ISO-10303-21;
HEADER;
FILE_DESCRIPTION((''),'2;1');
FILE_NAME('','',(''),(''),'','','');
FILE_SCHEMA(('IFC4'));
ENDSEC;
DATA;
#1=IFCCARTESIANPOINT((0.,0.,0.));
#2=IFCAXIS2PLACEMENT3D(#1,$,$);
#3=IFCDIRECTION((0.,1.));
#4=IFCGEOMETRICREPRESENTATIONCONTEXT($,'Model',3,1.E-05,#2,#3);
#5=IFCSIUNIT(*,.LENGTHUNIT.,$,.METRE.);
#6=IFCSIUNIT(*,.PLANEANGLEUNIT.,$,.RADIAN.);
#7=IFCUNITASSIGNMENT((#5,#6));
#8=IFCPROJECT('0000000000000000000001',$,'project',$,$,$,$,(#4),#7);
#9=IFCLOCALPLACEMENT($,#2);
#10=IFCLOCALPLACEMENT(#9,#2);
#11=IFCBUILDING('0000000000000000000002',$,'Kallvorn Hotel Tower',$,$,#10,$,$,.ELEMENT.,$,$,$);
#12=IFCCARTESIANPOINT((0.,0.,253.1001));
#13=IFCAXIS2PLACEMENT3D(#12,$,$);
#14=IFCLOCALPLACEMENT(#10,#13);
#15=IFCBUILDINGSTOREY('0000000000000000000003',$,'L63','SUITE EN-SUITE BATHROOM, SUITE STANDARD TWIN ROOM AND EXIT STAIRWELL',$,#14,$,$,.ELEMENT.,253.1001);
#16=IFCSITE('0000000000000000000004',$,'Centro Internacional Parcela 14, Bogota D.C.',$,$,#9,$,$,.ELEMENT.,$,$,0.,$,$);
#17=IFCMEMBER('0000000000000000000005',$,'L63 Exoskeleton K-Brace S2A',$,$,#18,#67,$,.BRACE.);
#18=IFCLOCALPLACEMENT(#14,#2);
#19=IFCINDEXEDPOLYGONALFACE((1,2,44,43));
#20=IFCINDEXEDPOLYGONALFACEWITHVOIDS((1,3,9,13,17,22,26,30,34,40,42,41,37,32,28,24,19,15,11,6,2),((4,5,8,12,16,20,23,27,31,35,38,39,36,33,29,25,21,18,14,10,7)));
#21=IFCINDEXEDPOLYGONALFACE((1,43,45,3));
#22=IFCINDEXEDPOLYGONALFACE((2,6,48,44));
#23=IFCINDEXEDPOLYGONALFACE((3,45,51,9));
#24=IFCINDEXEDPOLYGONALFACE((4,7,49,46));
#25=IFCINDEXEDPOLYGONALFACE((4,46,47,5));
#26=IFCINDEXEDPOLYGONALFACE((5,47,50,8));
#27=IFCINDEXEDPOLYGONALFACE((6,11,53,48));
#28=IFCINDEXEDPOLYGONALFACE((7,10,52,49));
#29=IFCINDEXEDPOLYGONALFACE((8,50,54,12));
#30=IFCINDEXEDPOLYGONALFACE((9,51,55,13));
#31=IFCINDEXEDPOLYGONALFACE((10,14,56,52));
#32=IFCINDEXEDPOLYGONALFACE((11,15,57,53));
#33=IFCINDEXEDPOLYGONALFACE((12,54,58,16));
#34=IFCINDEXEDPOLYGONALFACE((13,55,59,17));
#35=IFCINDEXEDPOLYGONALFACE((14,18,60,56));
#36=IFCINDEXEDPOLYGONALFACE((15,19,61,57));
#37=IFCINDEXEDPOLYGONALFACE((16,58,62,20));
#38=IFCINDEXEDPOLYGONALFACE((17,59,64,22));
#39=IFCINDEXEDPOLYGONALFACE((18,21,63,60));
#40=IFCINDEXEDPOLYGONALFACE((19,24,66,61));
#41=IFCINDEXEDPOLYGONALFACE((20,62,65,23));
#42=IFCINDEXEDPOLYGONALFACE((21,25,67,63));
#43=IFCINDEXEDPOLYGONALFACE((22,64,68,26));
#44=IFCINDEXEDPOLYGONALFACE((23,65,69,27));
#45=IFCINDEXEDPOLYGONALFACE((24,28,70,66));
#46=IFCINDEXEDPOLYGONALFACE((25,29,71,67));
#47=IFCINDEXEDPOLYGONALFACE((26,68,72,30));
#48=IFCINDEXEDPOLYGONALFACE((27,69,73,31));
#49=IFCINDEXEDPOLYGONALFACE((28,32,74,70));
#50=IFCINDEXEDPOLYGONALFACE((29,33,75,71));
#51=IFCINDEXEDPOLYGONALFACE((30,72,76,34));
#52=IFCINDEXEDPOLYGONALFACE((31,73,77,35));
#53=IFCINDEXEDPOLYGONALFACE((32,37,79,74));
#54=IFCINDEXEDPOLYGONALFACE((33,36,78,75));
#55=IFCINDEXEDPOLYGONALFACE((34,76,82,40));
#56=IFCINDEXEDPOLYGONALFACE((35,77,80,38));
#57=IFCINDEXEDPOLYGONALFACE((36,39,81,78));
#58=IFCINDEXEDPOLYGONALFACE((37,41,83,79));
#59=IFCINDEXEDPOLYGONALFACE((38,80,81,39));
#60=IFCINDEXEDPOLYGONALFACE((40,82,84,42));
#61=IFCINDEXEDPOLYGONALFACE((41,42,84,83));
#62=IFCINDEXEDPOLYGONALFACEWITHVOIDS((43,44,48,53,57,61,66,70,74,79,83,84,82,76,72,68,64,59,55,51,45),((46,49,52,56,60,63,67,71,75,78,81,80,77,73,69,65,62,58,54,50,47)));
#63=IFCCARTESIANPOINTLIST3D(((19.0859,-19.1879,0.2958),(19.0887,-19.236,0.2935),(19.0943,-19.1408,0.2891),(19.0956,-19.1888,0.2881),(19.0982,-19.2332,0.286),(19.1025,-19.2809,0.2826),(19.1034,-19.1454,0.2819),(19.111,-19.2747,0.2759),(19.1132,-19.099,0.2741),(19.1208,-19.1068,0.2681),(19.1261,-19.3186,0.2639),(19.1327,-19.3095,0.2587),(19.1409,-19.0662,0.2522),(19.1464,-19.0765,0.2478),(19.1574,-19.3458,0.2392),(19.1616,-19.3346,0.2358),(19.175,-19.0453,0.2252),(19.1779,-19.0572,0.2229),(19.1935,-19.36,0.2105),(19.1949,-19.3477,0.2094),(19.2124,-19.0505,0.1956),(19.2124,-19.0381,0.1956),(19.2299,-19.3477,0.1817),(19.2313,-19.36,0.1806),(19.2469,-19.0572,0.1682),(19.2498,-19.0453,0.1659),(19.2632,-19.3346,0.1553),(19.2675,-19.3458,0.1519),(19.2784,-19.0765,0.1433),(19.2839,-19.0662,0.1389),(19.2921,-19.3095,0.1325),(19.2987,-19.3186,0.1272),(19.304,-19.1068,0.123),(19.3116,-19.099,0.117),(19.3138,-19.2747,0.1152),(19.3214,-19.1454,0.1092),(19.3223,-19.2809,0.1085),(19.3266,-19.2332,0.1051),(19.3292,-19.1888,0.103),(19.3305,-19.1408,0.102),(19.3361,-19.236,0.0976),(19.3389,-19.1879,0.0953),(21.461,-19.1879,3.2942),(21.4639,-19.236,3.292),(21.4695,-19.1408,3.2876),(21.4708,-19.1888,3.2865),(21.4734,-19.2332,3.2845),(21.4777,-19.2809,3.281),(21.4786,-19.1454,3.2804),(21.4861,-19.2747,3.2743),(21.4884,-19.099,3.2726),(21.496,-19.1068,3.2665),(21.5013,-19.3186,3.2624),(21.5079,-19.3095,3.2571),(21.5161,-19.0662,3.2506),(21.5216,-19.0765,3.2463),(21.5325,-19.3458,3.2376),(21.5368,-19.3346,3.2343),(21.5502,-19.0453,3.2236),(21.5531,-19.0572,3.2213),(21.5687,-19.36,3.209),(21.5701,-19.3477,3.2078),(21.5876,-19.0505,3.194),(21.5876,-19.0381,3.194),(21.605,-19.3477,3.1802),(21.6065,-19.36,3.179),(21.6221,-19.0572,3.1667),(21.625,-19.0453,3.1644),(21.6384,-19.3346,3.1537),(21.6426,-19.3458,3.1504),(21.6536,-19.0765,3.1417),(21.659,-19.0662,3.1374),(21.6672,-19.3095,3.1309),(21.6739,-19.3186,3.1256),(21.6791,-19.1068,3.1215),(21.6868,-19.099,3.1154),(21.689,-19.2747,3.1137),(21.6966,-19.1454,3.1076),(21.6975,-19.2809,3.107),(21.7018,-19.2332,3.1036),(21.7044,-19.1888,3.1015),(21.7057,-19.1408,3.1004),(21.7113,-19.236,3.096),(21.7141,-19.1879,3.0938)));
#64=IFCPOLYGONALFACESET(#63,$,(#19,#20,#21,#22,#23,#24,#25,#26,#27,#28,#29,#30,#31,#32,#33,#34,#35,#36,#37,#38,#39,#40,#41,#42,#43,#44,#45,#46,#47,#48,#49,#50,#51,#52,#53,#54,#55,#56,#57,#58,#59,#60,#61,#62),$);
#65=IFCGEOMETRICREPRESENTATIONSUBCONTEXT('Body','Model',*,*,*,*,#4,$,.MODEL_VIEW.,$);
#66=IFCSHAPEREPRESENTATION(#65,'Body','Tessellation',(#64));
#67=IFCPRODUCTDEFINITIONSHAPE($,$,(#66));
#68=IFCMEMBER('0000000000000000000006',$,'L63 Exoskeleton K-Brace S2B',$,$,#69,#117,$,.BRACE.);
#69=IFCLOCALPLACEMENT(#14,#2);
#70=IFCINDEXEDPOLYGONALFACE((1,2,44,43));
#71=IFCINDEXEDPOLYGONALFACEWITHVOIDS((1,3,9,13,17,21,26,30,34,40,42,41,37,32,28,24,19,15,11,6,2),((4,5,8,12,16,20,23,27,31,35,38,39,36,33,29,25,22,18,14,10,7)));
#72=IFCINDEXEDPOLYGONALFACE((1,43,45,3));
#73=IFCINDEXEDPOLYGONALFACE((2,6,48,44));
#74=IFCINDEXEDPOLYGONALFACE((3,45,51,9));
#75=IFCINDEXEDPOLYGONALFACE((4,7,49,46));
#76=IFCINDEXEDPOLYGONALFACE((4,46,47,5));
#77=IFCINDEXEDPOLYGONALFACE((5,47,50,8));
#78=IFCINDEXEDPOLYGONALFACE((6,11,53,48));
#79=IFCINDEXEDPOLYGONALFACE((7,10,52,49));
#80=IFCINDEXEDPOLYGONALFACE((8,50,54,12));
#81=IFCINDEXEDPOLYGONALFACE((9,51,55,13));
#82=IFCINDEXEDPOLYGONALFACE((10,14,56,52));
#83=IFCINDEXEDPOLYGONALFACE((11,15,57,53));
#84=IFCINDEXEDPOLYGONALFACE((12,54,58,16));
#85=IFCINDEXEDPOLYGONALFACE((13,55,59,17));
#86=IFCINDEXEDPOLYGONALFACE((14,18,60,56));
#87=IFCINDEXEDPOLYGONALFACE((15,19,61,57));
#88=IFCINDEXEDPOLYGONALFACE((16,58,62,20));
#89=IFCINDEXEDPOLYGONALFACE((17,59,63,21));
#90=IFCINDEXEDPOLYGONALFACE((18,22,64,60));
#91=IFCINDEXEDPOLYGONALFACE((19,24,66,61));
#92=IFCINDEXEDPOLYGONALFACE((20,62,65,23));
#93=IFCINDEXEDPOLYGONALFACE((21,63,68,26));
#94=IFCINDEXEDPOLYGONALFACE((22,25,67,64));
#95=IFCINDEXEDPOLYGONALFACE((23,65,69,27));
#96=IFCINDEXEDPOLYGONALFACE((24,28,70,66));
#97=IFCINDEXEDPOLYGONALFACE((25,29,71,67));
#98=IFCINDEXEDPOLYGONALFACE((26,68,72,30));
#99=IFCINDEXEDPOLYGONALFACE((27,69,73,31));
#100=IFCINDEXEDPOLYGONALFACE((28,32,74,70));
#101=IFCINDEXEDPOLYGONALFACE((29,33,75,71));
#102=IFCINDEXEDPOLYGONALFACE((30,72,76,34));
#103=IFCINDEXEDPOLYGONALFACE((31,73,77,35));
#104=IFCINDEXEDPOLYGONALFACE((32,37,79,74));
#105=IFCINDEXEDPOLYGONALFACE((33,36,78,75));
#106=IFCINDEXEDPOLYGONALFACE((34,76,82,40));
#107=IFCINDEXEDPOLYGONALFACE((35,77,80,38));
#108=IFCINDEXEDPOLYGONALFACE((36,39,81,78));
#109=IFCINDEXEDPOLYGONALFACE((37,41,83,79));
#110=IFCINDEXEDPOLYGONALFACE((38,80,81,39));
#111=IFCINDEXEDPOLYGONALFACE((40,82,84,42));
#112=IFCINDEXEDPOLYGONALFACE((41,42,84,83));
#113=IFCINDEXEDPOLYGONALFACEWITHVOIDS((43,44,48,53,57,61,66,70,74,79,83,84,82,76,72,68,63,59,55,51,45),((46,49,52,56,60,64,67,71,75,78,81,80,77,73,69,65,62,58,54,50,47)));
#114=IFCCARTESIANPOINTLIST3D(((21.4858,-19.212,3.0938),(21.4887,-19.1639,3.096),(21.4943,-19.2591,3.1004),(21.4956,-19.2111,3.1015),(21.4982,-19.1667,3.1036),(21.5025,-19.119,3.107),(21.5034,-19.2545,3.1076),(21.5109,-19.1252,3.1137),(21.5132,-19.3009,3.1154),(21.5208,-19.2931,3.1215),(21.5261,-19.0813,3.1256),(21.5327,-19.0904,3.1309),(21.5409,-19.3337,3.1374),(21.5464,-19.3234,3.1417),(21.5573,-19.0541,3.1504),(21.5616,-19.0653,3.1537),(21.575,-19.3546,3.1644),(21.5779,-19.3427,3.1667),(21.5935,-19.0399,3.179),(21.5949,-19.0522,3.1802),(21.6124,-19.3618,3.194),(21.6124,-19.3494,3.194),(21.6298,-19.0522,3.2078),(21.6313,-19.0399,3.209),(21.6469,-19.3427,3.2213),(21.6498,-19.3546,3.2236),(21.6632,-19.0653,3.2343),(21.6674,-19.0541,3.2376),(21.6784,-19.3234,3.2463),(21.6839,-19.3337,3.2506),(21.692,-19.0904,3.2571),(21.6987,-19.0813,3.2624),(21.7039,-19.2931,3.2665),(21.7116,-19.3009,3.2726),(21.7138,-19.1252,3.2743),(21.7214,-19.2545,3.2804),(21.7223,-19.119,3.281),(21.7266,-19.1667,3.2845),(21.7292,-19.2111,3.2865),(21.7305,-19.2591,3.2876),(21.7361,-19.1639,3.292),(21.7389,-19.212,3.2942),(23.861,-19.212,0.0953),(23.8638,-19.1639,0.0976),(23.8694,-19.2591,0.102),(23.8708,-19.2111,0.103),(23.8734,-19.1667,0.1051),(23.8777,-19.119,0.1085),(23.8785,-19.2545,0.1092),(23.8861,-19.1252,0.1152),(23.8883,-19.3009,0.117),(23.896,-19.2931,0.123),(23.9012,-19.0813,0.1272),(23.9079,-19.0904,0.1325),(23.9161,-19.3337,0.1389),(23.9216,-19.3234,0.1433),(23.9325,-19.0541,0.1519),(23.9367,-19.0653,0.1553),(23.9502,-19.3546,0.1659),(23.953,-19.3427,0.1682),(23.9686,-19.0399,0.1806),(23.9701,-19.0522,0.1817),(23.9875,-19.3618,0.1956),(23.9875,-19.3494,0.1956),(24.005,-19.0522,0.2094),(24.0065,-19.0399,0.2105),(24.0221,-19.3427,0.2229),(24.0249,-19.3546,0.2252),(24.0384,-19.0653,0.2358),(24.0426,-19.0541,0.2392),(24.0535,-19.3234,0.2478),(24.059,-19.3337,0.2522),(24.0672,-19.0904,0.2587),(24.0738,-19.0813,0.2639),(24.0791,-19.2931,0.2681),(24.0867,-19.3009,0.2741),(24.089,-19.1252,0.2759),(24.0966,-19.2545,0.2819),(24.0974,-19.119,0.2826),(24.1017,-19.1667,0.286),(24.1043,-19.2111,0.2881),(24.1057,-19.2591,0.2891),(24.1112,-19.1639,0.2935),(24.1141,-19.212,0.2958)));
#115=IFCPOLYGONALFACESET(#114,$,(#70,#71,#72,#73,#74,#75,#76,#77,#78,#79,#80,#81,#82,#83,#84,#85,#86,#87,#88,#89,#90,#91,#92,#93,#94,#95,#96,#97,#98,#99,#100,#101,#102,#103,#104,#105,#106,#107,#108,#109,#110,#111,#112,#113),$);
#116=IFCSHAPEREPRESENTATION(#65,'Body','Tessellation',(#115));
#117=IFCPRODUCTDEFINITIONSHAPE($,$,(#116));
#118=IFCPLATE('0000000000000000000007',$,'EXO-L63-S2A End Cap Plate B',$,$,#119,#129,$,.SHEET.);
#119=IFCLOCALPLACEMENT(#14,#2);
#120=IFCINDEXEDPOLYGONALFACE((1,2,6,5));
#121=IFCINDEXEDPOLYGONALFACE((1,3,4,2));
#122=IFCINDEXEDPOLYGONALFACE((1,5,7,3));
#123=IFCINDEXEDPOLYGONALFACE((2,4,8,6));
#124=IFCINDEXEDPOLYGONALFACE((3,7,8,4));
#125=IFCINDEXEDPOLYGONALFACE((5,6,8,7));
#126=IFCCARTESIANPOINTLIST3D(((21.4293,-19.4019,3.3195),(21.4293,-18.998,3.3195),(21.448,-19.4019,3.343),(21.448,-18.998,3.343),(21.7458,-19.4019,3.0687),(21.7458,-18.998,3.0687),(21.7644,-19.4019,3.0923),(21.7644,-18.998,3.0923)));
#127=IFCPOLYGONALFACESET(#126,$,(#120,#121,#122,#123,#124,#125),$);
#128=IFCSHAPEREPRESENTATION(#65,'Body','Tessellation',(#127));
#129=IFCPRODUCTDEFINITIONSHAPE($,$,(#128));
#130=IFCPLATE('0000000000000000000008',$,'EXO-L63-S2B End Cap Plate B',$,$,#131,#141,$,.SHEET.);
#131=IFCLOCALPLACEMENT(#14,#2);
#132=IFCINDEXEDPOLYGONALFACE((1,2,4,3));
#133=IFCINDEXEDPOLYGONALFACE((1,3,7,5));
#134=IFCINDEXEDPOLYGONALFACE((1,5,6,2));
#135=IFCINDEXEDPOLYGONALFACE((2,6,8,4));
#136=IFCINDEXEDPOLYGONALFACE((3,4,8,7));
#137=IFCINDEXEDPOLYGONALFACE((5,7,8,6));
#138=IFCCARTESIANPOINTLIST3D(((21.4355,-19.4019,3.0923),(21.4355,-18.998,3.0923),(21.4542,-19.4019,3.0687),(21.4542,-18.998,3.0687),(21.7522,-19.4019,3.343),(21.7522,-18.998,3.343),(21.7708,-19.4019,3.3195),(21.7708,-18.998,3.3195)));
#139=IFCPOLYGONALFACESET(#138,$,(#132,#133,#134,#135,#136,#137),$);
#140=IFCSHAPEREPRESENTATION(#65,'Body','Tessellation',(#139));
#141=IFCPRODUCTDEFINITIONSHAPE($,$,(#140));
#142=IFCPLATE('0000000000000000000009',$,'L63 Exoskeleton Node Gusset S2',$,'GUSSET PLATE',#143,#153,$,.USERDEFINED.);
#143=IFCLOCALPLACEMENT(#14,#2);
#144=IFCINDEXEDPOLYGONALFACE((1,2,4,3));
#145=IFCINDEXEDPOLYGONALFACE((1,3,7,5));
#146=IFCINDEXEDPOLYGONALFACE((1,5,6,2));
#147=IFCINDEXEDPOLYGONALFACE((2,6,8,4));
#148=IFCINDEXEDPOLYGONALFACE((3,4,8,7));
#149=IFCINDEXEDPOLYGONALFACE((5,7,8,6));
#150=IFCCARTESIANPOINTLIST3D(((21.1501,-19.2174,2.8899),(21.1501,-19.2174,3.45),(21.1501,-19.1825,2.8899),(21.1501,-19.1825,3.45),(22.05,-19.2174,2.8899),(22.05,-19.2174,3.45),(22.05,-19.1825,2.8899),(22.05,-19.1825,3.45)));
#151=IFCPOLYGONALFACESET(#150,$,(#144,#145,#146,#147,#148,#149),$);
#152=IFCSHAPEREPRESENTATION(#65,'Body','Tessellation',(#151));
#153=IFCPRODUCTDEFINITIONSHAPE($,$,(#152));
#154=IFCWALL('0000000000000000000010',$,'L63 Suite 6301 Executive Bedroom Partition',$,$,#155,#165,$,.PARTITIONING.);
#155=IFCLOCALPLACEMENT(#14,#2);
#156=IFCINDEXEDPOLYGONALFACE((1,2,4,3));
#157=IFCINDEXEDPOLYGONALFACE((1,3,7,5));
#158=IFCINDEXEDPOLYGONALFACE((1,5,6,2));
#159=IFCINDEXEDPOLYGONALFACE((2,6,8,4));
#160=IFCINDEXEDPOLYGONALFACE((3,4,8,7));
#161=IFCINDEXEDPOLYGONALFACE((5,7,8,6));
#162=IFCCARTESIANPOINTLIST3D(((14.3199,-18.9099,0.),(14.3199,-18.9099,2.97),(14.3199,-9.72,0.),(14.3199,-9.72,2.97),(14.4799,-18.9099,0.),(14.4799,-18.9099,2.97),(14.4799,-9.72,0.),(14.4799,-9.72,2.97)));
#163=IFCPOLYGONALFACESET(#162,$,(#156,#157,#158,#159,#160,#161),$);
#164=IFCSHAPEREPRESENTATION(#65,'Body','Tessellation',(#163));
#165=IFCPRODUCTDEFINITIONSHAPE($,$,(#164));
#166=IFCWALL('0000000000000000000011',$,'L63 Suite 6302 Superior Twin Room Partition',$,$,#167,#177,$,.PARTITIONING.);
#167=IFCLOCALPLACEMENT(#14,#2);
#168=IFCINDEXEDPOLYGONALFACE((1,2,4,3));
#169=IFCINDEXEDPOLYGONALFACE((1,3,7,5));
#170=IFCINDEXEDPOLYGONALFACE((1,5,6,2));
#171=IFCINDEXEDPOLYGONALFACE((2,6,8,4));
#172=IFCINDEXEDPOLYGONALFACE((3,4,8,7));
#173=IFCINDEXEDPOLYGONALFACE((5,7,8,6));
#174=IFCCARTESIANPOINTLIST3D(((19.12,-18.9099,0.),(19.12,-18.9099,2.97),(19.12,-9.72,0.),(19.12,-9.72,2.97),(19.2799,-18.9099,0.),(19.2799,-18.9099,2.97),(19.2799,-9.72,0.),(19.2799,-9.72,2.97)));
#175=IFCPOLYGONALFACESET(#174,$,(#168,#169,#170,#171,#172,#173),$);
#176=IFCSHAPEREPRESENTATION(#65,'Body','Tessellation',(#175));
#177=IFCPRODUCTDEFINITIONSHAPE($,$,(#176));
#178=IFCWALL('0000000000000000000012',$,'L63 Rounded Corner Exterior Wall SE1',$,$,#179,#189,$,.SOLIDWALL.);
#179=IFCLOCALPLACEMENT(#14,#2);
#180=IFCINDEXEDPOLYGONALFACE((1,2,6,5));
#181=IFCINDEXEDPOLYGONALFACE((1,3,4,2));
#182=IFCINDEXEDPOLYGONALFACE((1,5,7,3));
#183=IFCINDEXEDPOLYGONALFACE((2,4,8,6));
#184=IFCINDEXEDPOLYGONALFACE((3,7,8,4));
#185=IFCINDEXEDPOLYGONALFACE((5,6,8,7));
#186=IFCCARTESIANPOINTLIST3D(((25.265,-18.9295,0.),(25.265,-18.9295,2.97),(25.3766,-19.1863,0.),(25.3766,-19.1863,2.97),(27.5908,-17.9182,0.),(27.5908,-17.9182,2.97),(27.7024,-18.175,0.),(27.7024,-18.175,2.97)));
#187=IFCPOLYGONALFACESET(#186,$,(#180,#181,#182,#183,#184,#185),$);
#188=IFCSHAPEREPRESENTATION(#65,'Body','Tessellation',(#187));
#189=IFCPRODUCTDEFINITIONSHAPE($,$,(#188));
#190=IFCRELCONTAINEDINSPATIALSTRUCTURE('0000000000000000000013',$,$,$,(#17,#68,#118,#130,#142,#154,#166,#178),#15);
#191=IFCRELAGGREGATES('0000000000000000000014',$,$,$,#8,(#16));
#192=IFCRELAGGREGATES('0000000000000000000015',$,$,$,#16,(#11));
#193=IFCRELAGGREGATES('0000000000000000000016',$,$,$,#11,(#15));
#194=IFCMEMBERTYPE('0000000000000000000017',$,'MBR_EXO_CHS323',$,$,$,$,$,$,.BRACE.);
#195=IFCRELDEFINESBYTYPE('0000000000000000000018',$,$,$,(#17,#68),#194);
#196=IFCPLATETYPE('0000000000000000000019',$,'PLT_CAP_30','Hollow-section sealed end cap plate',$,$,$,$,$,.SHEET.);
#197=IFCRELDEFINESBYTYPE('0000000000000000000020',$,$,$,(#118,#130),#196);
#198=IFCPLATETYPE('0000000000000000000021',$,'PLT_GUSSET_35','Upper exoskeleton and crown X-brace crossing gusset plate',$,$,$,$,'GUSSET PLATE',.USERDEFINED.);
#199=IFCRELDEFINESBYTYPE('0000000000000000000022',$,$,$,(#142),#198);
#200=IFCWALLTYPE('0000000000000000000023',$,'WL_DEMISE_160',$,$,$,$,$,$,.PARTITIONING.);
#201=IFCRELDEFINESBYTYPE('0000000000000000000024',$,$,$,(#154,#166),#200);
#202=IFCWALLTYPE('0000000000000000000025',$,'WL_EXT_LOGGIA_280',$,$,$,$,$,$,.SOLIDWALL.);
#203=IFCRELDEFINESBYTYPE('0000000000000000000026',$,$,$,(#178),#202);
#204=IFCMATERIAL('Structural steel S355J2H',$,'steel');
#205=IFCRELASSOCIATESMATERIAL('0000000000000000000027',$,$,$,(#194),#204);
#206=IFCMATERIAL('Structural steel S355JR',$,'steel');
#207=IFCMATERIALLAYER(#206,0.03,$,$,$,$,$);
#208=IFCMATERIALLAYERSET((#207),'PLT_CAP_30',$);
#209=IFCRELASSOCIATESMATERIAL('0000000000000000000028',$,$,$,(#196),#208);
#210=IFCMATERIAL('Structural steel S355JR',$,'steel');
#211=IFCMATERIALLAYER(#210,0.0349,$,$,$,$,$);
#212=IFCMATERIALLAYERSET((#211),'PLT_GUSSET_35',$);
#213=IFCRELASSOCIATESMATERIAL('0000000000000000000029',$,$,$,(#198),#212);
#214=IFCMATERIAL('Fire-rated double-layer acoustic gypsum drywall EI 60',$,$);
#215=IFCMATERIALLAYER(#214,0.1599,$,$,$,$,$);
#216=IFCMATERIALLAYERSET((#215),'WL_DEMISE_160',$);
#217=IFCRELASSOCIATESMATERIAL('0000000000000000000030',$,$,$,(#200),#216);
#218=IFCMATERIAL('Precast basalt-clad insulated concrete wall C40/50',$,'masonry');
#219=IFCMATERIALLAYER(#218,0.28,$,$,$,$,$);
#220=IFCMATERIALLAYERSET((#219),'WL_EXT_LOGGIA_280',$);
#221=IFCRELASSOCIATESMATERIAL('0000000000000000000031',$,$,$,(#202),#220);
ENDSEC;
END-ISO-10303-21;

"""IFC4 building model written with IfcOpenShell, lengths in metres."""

from ifc_helpers import new_model, si_unit, direction, frame, frame_2d, origin, origin_2d, place, context, subcontext, project, spatial, polyline, rectangle, hollow_circle, outline, extrude, material, layer, layer_set, material_profile, profile_set, type_object, element, save


model = new_model("IFC4")

# Units and contexts
model_context = context("Model", 3, precision=1e-05, world=origin(), true_north=direction((0.0, 1.0)))
body_context = subcontext(model_context, "Body", "Model", "MODEL_VIEW")
ifc_project = project(units=[si_unit("LENGTHUNIT", "METRE"), si_unit("PLANEANGLEUNIT", "RADIAN")], contexts=[model_context])

# Site, building, storey
site_placement = place(None, origin())
site = spatial("IfcSite", under=ifc_project, at=site_placement, Name="Centro Internacional Parcela 14, Bogota D.C.", CompositionType="ELEMENT", RefElevation=0.0)
building_placement = place(site_placement, origin())
building = spatial("IfcBuilding", under=site, at=building_placement, Name="Kallvorn Hotel Tower", CompositionType="ELEMENT")
storey_placement = place(building_placement, frame((0.0, 0.0, 253.1001)))
storey = spatial("IfcBuildingStorey", under=building, at=storey_placement, Name="L63", Description="SUITE EN-SUITE BATHROOM, SUITE STANDARD TWIN ROOM AND EXIT STAIRWELL", CompositionType="ELEMENT", Elevation=253.1001)

# Members
ifc_material_1 = material(Name="Structural steel S355J2H", Category="steel")
ifc_material_profile_1 = material_profile(ifc_material_1, hollow_circle(Radius=0.1619, WallThickness=0.0125, at=origin_2d()), Name="CHS 323.9x12.5")
ifc_profile_set_1 = profile_set([ifc_material_profile_1], Name="Structural steel S355J2H")
member_type = type_object("IfcMemberType", Name="MBR_EXO_CHS323", PredefinedType="BRACE", material=ifc_profile_set_1)
for number, where, z_axis, x_axis, name in (
    (1, (19.2124, -19.2, 0.1956), (0.620929, 0.0, 0.783867), (0.0, 1.0, 0.0), "L63 Exoskeleton K-Brace S2A"),
    (2, (23.9875, -19.2, 0.1956), (-0.620929, 0.0, 0.783867), (0.0, -1.0, 0.0), "L63 Exoskeleton K-Brace S2B"),
):
    element("IfcMember", number, at=place(storey_placement, frame(where, z_axis=z_axis, x_axis=x_axis)), inside=storey, type_object=member_type, Name=name, PredefinedType="BRACE", context=body_context, shape_type="SweptSolid", body=[
        extrude(hollow_circle(Radius=0.1619, WallThickness=0.0125, at=origin_2d()), origin(), (0.0, 0.0, 1.0), 3.8252),
    ])

# Plates
ifc_material_2 = material(Name="Structural steel S355JR", Category="steel")
ifc_layer_1 = layer(ifc_material_2, 0.03)
ifc_layer_set_1 = layer_set([ifc_layer_1], Name="PLT_CAP_30")
plate_type_1 = type_object("IfcPlateType", Name="PLT_CAP_30", Description="Hollow-section sealed end cap plate", PredefinedType="SHEET", material=ifc_layer_set_1)
plate_1_placement = place(storey_placement, frame((21.7644, -19.4019, 3.0923), z_axis=(0.621075, 0.0, 0.783751), x_axis=(0.0, 1.0, 0.0)))
element("IfcPlate", 3, at=plate_1_placement, inside=storey, type_object=plate_type_1, Name="EXO-L63-S2A End Cap Plate B", PredefinedType="SHEET", context=body_context, shape_type="SweptSolid", body=[
    extrude(outline(polyline([(0.0, 0.0), (0.4038, 0.0), (0.4038, 0.4037), (0.0, 0.4037), (0.0, 0.0)])), origin(), (0.0, 0.0, -1.0), 0.03),
])
plate_2_placement = place(storey_placement, frame((21.4355, -18.998, 3.0923), z_axis=(-0.62078, 0.0, 0.783985), x_axis=(0.0, -1.0, 0.0)))
element("IfcPlate", 4, at=plate_2_placement, inside=storey, type_object=plate_type_1, Name="EXO-L63-S2B End Cap Plate B", PredefinedType="SHEET", context=body_context, shape_type="SweptSolid", body=[
    extrude(outline(polyline([(0.0, 0.0), (0.4038, 0.0), (0.4038, 0.4039), (0.0, 0.4039), (0.0, 0.0)])), origin(), (0.0, 0.0, -1.0), 0.03),
])
ifc_material_3 = material(Name="Structural steel S355JR", Category="steel")
ifc_layer_2 = layer(ifc_material_3, 0.0349)
ifc_layer_set_2 = layer_set([ifc_layer_2], Name="PLT_GUSSET_35")
plate_type_2 = type_object("IfcPlateType", Name="PLT_GUSSET_35", Description="Upper exoskeleton and crown X-brace crossing gusset plate", ElementType="GUSSET PLATE", PredefinedType="USERDEFINED", material=ifc_layer_set_2)
plate_3_placement = place(storey_placement, frame((21.6001, -19.2, 2.8899), z_axis=(0.0, 0.0, 1.0), x_axis=(1.0, 0.0, 0.0)))
element("IfcPlate", 5, at=plate_3_placement, inside=storey, type_object=plate_type_2, Name="L63 Exoskeleton Node Gusset S2", ObjectType="GUSSET PLATE", PredefinedType="USERDEFINED", context=body_context, shape_type="SweptSolid", body=[
    extrude(rectangle(XDim=0.8999, YDim=0.0349, at=origin_2d()), origin(), (0.0, 0.0, 1.0), 0.5601),
])

# Walls
ifc_material_4 = material(Name="Fire-rated double-layer acoustic gypsum drywall EI 60")
ifc_layer_3 = layer(ifc_material_4, 0.1599)
ifc_layer_set_3 = layer_set([ifc_layer_3], Name="WL_DEMISE_160")
wall_type_1 = type_object("IfcWallType", Name="WL_DEMISE_160", PredefinedType="PARTITIONING", material=ifc_layer_set_3)
for number, where, z_axis, x_axis, name in (
    (6, (14.3999, -18.9099, 0.0), (0.0, 0.0, 1.0), (0.0, 1.0, 0.0), "L63 Suite 6301 Executive Bedroom Partition"),
    (7, (19.2, -18.9099, 0.0), (0.0, 0.0, 1.0), (0.0, 1.0, 0.0), "L63 Suite 6302 Superior Twin Room Partition"),
):
    element("IfcWall", number, at=place(storey_placement, frame(where, z_axis=z_axis, x_axis=x_axis)), inside=storey, type_object=wall_type_1, Name=name, PredefinedType="PARTITIONING", context=body_context, shape_type="SweptSolid", body=[
        extrude(rectangle(XDim=9.1899, YDim=0.1599, at=frame_2d((4.595, 0.0))), origin(), (0.0, 0.0, 1.0), 2.97),
    ])
ifc_material_5 = material(Name="Precast basalt-clad insulated concrete wall C40/50", Category="masonry")
ifc_layer_4 = layer(ifc_material_5, 0.28)
ifc_layer_set_4 = layer_set([ifc_layer_4], Name="WL_EXT_LOGGIA_280")
wall_type_2 = type_object("IfcWallType", Name="WL_EXT_LOGGIA_280", PredefinedType="SOLIDWALL", material=ifc_layer_set_4)
wall_1_placement = place(storey_placement, frame((25.3208, -19.0579, 0.0), z_axis=(0.0, 0.0, 1.0), x_axis=(0.917061, 0.398747, 0.0)))
element("IfcWall", 8, at=wall_1_placement, inside=storey, type_object=wall_type_2, Name="L63 Rounded Corner Exterior Wall SE1", PredefinedType="SOLIDWALL", context=body_context, shape_type="SweptSolid", body=[
    extrude(rectangle(XDim=2.5361, YDim=0.28, at=frame_2d((1.2681, 0.0))), origin(), (0.0, 0.0, 1.0), 2.97),
])

save(model, "model.ifc")
